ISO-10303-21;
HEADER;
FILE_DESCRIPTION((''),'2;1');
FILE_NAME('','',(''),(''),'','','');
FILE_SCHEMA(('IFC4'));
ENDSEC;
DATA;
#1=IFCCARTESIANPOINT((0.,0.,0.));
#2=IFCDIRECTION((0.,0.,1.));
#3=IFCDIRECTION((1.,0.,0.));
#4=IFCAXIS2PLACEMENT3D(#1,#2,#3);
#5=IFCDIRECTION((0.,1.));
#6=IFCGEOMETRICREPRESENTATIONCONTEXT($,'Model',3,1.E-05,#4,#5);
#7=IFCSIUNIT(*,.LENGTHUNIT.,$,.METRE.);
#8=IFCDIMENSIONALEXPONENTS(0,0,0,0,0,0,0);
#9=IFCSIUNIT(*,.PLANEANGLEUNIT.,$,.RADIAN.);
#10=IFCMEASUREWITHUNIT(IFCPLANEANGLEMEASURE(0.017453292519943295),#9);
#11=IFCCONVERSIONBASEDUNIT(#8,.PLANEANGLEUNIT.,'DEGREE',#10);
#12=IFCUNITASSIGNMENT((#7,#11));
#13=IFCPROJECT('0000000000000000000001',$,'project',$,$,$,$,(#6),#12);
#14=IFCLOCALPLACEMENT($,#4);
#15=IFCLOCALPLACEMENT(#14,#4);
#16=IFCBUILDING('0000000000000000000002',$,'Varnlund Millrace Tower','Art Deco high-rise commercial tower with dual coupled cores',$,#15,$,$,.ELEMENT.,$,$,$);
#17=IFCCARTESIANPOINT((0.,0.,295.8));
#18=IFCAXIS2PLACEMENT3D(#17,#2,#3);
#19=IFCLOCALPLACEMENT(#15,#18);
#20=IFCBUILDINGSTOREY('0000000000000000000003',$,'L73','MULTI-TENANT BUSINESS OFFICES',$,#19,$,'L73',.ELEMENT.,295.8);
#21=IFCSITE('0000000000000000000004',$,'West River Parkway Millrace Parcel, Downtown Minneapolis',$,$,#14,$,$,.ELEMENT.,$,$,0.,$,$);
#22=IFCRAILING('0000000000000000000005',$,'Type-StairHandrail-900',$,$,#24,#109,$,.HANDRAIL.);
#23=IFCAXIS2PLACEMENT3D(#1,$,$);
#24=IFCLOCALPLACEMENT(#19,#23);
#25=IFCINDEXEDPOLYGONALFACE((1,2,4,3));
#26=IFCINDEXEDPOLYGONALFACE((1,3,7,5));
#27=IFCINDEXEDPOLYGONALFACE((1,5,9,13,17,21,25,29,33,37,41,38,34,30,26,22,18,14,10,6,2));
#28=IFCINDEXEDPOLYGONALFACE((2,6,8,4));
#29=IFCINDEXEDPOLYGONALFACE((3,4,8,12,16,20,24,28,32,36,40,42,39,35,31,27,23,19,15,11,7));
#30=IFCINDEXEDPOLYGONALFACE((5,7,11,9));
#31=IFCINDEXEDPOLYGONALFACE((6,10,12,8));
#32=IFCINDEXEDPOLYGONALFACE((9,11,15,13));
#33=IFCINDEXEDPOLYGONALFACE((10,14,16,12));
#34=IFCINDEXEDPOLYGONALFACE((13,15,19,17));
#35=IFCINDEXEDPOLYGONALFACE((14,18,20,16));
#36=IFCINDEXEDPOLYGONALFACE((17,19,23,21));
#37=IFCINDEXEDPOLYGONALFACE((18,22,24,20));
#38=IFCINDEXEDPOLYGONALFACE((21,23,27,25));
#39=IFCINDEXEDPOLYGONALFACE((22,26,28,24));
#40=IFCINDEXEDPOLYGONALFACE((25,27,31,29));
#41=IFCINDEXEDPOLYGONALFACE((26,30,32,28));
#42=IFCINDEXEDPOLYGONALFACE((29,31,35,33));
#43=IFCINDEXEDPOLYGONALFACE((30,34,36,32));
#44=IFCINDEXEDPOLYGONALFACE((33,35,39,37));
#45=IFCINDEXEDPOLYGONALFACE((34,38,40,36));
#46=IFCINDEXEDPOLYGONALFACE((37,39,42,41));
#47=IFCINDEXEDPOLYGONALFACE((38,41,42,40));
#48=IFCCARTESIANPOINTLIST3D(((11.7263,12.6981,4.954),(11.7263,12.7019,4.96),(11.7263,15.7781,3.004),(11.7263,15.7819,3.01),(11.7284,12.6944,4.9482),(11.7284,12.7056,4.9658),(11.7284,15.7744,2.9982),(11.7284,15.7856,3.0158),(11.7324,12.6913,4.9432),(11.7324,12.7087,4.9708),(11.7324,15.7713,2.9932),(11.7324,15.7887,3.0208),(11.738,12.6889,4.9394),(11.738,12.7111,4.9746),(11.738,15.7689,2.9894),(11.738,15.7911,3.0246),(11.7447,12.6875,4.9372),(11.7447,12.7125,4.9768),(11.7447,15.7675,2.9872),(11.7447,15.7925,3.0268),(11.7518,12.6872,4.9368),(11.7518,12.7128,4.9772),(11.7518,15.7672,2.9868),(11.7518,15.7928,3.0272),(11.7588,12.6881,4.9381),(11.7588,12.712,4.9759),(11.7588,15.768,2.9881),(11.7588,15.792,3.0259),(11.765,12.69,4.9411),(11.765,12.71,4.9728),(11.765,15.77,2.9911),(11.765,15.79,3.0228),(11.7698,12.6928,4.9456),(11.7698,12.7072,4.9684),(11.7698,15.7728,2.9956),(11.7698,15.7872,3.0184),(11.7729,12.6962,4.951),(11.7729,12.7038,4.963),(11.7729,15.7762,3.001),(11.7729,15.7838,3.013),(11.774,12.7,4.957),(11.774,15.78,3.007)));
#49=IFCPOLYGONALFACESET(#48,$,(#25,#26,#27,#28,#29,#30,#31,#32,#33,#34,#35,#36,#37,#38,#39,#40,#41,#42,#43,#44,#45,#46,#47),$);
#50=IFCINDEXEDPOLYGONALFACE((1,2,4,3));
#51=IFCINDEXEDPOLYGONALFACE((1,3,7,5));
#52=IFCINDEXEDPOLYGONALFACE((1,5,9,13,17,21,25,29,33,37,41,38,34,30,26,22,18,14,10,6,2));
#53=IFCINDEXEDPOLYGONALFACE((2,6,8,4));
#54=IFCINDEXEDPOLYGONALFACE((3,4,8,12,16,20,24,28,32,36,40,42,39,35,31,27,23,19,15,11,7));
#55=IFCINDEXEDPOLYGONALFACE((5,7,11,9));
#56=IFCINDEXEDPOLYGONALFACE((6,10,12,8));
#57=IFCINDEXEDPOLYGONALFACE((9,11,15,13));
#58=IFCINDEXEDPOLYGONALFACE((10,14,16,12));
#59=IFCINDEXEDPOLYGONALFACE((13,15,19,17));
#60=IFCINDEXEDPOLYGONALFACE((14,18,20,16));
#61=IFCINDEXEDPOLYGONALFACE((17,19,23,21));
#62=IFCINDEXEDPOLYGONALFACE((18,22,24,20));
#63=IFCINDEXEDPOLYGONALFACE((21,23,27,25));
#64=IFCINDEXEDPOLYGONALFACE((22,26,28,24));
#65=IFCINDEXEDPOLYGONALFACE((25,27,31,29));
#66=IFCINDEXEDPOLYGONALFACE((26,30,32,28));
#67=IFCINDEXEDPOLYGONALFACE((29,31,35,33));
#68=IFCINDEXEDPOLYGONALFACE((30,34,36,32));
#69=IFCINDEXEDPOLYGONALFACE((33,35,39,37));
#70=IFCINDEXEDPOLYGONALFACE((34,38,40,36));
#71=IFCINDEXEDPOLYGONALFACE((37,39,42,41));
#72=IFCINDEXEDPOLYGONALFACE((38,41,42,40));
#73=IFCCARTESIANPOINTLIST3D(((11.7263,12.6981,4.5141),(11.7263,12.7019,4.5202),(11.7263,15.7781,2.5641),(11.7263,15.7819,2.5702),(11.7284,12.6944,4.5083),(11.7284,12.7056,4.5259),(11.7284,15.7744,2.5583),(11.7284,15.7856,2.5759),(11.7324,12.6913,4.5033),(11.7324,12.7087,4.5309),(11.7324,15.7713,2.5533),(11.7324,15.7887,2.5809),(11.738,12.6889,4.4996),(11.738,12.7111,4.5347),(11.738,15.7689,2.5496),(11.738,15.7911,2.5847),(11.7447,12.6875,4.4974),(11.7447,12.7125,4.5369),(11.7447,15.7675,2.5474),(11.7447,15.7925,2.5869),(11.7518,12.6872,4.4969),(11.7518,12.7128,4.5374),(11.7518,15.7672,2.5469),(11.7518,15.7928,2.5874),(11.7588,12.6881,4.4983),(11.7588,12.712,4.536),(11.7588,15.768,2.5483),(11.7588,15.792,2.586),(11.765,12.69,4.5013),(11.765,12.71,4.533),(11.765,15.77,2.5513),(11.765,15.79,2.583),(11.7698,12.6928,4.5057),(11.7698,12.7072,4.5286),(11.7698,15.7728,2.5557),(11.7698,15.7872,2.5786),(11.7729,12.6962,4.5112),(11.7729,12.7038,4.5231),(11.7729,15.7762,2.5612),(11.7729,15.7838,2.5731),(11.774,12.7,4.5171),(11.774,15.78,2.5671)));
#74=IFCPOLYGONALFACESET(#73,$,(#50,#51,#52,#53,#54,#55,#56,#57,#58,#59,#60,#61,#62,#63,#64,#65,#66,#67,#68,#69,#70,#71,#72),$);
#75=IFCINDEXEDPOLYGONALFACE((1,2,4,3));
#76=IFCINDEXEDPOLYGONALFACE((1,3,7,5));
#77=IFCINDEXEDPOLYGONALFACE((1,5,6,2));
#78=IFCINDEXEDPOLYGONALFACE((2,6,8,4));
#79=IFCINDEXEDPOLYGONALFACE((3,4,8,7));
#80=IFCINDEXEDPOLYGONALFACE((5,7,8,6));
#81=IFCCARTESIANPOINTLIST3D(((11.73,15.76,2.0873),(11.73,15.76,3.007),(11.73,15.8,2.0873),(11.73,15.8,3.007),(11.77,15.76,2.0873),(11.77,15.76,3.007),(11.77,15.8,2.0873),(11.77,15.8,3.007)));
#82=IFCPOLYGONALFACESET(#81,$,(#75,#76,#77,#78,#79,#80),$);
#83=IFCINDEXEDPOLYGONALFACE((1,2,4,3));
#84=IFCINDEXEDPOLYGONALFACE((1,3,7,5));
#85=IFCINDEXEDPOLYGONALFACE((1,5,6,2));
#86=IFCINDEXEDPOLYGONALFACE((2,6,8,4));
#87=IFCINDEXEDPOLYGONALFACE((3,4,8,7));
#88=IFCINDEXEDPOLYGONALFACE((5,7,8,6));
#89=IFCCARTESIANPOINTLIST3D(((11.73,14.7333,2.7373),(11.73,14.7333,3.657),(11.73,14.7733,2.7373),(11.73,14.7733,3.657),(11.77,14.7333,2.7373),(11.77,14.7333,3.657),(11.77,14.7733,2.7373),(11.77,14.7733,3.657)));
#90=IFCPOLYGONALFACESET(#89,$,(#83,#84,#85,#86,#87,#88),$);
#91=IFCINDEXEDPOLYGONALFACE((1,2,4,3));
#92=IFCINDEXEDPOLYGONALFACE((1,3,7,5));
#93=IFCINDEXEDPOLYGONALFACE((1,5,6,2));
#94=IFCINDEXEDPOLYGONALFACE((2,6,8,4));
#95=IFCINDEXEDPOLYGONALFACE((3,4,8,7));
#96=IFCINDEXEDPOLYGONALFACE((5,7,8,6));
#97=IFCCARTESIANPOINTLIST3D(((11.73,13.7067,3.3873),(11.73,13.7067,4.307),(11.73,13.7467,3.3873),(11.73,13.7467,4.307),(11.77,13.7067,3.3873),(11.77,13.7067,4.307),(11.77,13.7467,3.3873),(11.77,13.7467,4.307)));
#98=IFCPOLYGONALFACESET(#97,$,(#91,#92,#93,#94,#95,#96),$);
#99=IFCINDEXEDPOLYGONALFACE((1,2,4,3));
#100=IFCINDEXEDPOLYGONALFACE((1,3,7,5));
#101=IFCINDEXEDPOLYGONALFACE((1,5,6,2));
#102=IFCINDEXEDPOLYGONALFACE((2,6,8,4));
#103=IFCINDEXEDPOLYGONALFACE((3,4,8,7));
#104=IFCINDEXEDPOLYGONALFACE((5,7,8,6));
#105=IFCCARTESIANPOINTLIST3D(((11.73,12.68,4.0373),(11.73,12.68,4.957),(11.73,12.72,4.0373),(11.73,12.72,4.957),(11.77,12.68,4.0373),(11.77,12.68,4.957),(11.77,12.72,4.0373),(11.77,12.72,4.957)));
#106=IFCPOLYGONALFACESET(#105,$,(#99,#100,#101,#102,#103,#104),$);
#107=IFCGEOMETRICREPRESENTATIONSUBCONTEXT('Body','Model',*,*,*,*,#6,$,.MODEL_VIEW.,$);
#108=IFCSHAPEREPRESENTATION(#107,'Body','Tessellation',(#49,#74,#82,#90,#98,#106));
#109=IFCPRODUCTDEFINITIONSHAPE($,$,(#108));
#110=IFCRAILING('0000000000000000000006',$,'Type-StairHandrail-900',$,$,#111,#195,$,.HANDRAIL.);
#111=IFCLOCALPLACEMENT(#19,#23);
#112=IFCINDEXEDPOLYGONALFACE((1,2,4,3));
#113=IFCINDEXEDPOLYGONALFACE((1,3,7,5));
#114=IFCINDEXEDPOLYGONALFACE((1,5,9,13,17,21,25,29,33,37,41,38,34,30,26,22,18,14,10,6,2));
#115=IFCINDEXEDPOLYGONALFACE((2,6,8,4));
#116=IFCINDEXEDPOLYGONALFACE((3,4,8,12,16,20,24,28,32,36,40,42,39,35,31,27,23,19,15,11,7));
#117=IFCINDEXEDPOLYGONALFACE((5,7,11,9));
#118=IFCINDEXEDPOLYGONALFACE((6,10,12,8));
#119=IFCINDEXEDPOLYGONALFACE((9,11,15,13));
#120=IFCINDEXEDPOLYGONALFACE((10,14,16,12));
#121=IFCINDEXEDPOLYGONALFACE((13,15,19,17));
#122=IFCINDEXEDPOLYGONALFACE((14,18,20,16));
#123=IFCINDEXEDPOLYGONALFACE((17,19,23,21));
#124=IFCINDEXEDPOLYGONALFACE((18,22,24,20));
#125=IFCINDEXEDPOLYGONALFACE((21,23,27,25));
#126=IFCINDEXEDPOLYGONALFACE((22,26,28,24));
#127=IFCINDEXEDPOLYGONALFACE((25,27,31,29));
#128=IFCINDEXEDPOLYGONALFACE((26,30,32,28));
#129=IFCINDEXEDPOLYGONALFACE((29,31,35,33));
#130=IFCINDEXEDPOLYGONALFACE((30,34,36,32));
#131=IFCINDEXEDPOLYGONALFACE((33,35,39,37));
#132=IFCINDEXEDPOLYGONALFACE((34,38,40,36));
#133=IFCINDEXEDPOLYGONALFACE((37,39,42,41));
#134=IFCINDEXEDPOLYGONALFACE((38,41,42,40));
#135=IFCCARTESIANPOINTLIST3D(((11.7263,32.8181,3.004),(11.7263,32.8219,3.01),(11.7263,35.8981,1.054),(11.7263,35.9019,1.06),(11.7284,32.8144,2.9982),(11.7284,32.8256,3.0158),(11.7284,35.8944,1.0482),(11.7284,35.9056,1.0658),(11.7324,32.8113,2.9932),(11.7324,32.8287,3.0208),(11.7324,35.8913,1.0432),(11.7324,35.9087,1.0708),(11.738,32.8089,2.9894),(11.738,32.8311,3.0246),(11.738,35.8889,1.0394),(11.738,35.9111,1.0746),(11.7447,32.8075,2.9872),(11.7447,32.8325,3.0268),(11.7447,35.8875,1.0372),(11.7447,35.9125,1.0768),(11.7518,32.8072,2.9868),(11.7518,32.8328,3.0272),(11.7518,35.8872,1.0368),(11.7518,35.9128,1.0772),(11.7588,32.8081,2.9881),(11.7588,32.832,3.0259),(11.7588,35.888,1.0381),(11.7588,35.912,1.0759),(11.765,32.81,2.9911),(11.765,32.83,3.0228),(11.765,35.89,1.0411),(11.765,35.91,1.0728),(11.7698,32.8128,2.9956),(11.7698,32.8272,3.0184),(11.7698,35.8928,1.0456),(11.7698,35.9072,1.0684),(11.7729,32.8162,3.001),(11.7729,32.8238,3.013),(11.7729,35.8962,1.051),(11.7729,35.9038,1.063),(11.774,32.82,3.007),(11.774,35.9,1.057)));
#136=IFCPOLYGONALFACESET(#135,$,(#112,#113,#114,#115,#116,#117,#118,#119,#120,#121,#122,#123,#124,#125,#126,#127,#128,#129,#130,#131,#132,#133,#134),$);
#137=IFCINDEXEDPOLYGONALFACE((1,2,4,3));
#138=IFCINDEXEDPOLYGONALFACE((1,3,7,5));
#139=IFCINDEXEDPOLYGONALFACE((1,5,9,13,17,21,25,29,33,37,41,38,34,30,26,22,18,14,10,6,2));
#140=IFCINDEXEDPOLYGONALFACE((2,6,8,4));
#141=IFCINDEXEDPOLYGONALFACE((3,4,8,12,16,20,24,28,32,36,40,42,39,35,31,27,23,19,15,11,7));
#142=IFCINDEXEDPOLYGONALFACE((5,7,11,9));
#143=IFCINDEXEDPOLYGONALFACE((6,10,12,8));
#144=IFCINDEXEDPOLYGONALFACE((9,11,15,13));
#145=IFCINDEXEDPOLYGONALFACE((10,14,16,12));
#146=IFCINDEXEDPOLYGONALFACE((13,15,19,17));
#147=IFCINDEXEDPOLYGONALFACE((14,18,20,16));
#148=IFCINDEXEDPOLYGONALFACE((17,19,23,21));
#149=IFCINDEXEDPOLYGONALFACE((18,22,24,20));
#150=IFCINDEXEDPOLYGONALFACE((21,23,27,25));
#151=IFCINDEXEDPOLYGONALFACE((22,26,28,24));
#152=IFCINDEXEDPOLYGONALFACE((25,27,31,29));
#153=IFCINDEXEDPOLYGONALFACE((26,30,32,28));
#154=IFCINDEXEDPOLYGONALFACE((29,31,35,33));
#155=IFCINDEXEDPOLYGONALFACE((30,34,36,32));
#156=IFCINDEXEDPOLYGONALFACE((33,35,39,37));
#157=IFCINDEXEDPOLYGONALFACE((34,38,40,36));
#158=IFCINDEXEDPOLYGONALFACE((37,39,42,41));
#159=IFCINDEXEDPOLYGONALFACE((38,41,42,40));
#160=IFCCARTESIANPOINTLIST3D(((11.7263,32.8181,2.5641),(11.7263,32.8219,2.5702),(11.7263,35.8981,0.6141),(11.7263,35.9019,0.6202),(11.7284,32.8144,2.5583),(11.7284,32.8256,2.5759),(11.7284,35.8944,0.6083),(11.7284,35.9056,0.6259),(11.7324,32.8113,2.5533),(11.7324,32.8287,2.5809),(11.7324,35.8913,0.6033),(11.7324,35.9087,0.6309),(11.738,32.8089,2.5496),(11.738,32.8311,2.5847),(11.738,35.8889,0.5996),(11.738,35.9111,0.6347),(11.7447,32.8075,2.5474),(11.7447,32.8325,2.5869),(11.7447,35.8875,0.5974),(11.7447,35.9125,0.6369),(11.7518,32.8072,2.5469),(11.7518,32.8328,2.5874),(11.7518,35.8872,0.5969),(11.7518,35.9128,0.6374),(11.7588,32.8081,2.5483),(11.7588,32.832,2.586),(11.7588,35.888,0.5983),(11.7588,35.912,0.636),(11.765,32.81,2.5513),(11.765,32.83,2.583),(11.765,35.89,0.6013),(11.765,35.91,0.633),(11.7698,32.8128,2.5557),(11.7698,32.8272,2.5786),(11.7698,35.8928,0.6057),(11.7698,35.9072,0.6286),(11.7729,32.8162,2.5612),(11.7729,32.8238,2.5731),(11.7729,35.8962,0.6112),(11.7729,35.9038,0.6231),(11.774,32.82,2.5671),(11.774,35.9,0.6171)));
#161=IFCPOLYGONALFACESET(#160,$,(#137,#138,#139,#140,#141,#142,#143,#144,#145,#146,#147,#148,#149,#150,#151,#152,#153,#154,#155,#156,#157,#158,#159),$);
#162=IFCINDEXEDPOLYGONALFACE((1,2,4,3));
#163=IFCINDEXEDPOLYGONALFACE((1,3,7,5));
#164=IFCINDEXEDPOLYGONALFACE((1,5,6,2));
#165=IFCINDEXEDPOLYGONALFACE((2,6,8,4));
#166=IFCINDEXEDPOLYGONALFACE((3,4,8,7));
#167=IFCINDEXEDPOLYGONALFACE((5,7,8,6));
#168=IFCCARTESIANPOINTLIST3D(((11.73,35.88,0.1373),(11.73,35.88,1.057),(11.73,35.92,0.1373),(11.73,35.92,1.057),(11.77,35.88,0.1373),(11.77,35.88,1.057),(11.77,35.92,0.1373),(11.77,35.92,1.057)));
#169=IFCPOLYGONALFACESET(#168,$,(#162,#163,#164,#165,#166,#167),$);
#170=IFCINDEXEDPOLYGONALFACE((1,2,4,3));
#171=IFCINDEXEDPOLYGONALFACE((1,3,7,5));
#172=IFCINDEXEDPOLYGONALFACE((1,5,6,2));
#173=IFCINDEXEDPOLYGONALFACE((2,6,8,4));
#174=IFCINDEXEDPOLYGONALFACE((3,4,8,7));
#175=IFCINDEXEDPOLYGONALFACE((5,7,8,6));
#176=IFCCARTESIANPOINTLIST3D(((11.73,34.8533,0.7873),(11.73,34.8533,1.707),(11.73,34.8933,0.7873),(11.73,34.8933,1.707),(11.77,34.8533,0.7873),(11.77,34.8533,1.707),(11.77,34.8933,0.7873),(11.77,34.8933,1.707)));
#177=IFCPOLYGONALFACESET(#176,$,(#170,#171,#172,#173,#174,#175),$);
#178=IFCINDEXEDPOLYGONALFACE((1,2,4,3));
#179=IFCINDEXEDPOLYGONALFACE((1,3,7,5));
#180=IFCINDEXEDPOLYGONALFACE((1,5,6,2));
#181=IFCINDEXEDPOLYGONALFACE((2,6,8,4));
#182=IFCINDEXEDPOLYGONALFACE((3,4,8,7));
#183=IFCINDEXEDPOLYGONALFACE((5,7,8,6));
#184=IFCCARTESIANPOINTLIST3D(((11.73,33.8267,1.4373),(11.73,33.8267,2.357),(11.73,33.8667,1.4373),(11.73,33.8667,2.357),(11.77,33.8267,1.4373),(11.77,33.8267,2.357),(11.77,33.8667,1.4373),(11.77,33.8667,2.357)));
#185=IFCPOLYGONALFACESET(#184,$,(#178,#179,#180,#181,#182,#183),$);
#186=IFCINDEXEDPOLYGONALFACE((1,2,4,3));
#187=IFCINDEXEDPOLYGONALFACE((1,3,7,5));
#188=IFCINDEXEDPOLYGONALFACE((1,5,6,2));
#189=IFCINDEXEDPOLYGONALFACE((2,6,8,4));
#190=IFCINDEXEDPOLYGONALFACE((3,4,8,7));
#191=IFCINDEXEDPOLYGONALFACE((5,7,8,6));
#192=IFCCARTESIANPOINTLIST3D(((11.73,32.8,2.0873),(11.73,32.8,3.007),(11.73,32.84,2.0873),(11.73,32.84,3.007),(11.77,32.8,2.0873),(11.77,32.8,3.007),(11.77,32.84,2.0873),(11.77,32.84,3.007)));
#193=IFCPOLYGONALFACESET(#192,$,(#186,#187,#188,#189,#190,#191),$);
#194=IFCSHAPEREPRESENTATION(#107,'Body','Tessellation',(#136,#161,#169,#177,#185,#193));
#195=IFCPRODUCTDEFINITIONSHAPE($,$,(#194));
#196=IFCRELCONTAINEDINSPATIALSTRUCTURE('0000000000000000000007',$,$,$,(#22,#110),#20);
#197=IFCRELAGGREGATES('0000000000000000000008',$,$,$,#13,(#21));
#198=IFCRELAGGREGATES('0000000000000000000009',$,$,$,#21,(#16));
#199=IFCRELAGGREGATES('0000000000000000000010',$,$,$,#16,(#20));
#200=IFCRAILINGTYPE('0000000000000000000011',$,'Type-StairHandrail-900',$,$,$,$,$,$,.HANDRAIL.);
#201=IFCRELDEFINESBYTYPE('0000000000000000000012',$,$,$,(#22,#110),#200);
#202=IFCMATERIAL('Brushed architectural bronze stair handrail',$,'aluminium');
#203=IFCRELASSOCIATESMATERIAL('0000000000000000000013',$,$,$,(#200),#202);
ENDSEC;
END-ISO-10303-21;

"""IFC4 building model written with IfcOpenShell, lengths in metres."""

from ifc_helpers import new_model, entity, si_unit, converted_unit, direction, frame, origin_with_axes, origin_2d_with_axis, place, context, subcontext, project, spatial, rectangle, circle, extrude, material, type_object, element, save


model = new_model("IFC4")

# Units and contexts
model_context = context("Model", 3, precision=1e-05, world=origin_with_axes(), true_north=direction((0.0, 1.0)))
body_context = subcontext(model_context, "Body", "Model", "MODEL_VIEW")
ifc_project = project(units=[si_unit("LENGTHUNIT", "METRE"), converted_unit("PLANEANGLEUNIT", "DEGREE", entity("IfcPlaneAngleMeasure", 0.017453292519943295), si_unit("PLANEANGLEUNIT", "RADIAN"), dimensions=[0, 0, 0, 0, 0, 0, 0])], contexts=[model_context])

# Site, building, storey
site_placement = place(None, origin_with_axes())
site = spatial("IfcSite", under=ifc_project, at=site_placement, Name="West River Parkway Millrace Parcel, Downtown Minneapolis", CompositionType="ELEMENT", RefElevation=0.0)
building_placement = place(site_placement, origin_with_axes())
building = spatial("IfcBuilding", under=site, at=building_placement, Name="Varnlund Millrace Tower", Description="Art Deco high-rise commercial tower with dual coupled cores", CompositionType="ELEMENT")
storey_placement = place(building_placement, frame((0.0, 0.0, 295.8), z_axis=(0.0, 0.0, 1.0), x_axis=(1.0, 0.0, 0.0)))
storey = spatial("IfcBuildingStorey", under=building, at=storey_placement, Name="L73", Description="MULTI-TENANT BUSINESS OFFICES", LongName="L73", CompositionType="ELEMENT", Elevation=295.8)

# Railings
ifc_material_1 = material(Name="Brushed architectural bronze stair handrail", Category="aluminium")
railing_type_1 = type_object("IfcRailingType", Name="Type-StairHandrail-900", PredefinedType="HANDRAIL", material=ifc_material_1)
railing_1_placement = place(storey_placement, frame((0.0, 0.0, -295.8), z_axis=(0.0, 0.0, 1.0), x_axis=(1.0, 0.0, 0.0)))
element("IfcRailing", 1, at=railing_1_placement, inside=storey, type_object=railing_type_1, Name="Type-StairHandrail-900", PredefinedType="HANDRAIL", context=body_context, shape_type="SweptSolid", body=[
    extrude(circle(Radius=0.024, at=origin_2d_with_axis()), frame((11.75, 15.78, 298.807), z_axis=(0.0, -0.844902, 0.534922), x_axis=(1.0, 0.0, 0.0)), (0.0, 0.0, 1.0), 3.6454),
    extrude(circle(Radius=0.024, at=origin_2d_with_axis()), frame((11.75, 15.78, 298.3671), z_axis=(0.0, -0.844902, 0.534922), x_axis=(1.0, 0.0, 0.0)), (0.0, 0.0, 1.0), 3.6454),
    extrude(rectangle(XDim=0.04, YDim=0.04, at=origin_2d_with_axis()), frame((11.75, 15.78, 297.8873), z_axis=(0.0, 0.0, 1.0), x_axis=(1.0, 0.0, 0.0)), (0.0, 0.0, 1.0), 0.9197),
    extrude(rectangle(XDim=0.04, YDim=0.04, at=origin_2d_with_axis()), frame((11.75, 14.7533, 298.5373), z_axis=(0.0, 0.0, 1.0), x_axis=(1.0, 0.0, 0.0)), (0.0, 0.0, 1.0), 0.9197),
    extrude(rectangle(XDim=0.04, YDim=0.04, at=origin_2d_with_axis()), frame((11.75, 13.7267, 299.1873), z_axis=(0.0, 0.0, 1.0), x_axis=(1.0, 0.0, 0.0)), (0.0, 0.0, 1.0), 0.9197),
    extrude(rectangle(XDim=0.04, YDim=0.04, at=origin_2d_with_axis()), frame((11.75, 12.7, 299.8373), z_axis=(0.0, 0.0, 1.0), x_axis=(1.0, 0.0, 0.0)), (0.0, 0.0, 1.0), 0.9197),
])
railing_2_placement = place(storey_placement, frame((0.0, 0.0, -295.8), z_axis=(0.0, 0.0, 1.0), x_axis=(1.0, 0.0, 0.0)))
element("IfcRailing", 2, at=railing_2_placement, inside=storey, type_object=railing_type_1, Name="Type-StairHandrail-900", PredefinedType="HANDRAIL", context=body_context, shape_type="SweptSolid", body=[
    extrude(circle(Radius=0.024, at=origin_2d_with_axis()), frame((11.75, 35.9, 296.857), z_axis=(0.0, -0.844902, 0.534922), x_axis=(1.0, 0.0, 0.0)), (0.0, 0.0, 1.0), 3.6454),
    extrude(circle(Radius=0.024, at=origin_2d_with_axis()), frame((11.75, 35.9, 296.4171), z_axis=(0.0, -0.844902, 0.534922), x_axis=(1.0, 0.0, 0.0)), (0.0, 0.0, 1.0), 3.6454),
    extrude(rectangle(XDim=0.04, YDim=0.04, at=origin_2d_with_axis()), frame((11.75, 35.9, 295.9373), z_axis=(0.0, 0.0, 1.0), x_axis=(1.0, 0.0, 0.0)), (0.0, 0.0, 1.0), 0.9197),
    extrude(rectangle(XDim=0.04, YDim=0.04, at=origin_2d_with_axis()), frame((11.75, 34.8733, 296.5873), z_axis=(0.0, 0.0, 1.0), x_axis=(1.0, 0.0, 0.0)), (0.0, 0.0, 1.0), 0.9197),
    extrude(rectangle(XDim=0.04, YDim=0.04, at=origin_2d_with_axis()), frame((11.75, 33.8467, 297.2373), z_axis=(0.0, 0.0, 1.0), x_axis=(1.0, 0.0, 0.0)), (0.0, 0.0, 1.0), 0.9197),
    extrude(rectangle(XDim=0.04, YDim=0.04, at=origin_2d_with_axis()), frame((11.75, 32.82, 297.8873), z_axis=(0.0, 0.0, 1.0), x_axis=(1.0, 0.0, 0.0)), (0.0, 0.0, 1.0), 0.9197),
])

save(model, "model.ifc")
